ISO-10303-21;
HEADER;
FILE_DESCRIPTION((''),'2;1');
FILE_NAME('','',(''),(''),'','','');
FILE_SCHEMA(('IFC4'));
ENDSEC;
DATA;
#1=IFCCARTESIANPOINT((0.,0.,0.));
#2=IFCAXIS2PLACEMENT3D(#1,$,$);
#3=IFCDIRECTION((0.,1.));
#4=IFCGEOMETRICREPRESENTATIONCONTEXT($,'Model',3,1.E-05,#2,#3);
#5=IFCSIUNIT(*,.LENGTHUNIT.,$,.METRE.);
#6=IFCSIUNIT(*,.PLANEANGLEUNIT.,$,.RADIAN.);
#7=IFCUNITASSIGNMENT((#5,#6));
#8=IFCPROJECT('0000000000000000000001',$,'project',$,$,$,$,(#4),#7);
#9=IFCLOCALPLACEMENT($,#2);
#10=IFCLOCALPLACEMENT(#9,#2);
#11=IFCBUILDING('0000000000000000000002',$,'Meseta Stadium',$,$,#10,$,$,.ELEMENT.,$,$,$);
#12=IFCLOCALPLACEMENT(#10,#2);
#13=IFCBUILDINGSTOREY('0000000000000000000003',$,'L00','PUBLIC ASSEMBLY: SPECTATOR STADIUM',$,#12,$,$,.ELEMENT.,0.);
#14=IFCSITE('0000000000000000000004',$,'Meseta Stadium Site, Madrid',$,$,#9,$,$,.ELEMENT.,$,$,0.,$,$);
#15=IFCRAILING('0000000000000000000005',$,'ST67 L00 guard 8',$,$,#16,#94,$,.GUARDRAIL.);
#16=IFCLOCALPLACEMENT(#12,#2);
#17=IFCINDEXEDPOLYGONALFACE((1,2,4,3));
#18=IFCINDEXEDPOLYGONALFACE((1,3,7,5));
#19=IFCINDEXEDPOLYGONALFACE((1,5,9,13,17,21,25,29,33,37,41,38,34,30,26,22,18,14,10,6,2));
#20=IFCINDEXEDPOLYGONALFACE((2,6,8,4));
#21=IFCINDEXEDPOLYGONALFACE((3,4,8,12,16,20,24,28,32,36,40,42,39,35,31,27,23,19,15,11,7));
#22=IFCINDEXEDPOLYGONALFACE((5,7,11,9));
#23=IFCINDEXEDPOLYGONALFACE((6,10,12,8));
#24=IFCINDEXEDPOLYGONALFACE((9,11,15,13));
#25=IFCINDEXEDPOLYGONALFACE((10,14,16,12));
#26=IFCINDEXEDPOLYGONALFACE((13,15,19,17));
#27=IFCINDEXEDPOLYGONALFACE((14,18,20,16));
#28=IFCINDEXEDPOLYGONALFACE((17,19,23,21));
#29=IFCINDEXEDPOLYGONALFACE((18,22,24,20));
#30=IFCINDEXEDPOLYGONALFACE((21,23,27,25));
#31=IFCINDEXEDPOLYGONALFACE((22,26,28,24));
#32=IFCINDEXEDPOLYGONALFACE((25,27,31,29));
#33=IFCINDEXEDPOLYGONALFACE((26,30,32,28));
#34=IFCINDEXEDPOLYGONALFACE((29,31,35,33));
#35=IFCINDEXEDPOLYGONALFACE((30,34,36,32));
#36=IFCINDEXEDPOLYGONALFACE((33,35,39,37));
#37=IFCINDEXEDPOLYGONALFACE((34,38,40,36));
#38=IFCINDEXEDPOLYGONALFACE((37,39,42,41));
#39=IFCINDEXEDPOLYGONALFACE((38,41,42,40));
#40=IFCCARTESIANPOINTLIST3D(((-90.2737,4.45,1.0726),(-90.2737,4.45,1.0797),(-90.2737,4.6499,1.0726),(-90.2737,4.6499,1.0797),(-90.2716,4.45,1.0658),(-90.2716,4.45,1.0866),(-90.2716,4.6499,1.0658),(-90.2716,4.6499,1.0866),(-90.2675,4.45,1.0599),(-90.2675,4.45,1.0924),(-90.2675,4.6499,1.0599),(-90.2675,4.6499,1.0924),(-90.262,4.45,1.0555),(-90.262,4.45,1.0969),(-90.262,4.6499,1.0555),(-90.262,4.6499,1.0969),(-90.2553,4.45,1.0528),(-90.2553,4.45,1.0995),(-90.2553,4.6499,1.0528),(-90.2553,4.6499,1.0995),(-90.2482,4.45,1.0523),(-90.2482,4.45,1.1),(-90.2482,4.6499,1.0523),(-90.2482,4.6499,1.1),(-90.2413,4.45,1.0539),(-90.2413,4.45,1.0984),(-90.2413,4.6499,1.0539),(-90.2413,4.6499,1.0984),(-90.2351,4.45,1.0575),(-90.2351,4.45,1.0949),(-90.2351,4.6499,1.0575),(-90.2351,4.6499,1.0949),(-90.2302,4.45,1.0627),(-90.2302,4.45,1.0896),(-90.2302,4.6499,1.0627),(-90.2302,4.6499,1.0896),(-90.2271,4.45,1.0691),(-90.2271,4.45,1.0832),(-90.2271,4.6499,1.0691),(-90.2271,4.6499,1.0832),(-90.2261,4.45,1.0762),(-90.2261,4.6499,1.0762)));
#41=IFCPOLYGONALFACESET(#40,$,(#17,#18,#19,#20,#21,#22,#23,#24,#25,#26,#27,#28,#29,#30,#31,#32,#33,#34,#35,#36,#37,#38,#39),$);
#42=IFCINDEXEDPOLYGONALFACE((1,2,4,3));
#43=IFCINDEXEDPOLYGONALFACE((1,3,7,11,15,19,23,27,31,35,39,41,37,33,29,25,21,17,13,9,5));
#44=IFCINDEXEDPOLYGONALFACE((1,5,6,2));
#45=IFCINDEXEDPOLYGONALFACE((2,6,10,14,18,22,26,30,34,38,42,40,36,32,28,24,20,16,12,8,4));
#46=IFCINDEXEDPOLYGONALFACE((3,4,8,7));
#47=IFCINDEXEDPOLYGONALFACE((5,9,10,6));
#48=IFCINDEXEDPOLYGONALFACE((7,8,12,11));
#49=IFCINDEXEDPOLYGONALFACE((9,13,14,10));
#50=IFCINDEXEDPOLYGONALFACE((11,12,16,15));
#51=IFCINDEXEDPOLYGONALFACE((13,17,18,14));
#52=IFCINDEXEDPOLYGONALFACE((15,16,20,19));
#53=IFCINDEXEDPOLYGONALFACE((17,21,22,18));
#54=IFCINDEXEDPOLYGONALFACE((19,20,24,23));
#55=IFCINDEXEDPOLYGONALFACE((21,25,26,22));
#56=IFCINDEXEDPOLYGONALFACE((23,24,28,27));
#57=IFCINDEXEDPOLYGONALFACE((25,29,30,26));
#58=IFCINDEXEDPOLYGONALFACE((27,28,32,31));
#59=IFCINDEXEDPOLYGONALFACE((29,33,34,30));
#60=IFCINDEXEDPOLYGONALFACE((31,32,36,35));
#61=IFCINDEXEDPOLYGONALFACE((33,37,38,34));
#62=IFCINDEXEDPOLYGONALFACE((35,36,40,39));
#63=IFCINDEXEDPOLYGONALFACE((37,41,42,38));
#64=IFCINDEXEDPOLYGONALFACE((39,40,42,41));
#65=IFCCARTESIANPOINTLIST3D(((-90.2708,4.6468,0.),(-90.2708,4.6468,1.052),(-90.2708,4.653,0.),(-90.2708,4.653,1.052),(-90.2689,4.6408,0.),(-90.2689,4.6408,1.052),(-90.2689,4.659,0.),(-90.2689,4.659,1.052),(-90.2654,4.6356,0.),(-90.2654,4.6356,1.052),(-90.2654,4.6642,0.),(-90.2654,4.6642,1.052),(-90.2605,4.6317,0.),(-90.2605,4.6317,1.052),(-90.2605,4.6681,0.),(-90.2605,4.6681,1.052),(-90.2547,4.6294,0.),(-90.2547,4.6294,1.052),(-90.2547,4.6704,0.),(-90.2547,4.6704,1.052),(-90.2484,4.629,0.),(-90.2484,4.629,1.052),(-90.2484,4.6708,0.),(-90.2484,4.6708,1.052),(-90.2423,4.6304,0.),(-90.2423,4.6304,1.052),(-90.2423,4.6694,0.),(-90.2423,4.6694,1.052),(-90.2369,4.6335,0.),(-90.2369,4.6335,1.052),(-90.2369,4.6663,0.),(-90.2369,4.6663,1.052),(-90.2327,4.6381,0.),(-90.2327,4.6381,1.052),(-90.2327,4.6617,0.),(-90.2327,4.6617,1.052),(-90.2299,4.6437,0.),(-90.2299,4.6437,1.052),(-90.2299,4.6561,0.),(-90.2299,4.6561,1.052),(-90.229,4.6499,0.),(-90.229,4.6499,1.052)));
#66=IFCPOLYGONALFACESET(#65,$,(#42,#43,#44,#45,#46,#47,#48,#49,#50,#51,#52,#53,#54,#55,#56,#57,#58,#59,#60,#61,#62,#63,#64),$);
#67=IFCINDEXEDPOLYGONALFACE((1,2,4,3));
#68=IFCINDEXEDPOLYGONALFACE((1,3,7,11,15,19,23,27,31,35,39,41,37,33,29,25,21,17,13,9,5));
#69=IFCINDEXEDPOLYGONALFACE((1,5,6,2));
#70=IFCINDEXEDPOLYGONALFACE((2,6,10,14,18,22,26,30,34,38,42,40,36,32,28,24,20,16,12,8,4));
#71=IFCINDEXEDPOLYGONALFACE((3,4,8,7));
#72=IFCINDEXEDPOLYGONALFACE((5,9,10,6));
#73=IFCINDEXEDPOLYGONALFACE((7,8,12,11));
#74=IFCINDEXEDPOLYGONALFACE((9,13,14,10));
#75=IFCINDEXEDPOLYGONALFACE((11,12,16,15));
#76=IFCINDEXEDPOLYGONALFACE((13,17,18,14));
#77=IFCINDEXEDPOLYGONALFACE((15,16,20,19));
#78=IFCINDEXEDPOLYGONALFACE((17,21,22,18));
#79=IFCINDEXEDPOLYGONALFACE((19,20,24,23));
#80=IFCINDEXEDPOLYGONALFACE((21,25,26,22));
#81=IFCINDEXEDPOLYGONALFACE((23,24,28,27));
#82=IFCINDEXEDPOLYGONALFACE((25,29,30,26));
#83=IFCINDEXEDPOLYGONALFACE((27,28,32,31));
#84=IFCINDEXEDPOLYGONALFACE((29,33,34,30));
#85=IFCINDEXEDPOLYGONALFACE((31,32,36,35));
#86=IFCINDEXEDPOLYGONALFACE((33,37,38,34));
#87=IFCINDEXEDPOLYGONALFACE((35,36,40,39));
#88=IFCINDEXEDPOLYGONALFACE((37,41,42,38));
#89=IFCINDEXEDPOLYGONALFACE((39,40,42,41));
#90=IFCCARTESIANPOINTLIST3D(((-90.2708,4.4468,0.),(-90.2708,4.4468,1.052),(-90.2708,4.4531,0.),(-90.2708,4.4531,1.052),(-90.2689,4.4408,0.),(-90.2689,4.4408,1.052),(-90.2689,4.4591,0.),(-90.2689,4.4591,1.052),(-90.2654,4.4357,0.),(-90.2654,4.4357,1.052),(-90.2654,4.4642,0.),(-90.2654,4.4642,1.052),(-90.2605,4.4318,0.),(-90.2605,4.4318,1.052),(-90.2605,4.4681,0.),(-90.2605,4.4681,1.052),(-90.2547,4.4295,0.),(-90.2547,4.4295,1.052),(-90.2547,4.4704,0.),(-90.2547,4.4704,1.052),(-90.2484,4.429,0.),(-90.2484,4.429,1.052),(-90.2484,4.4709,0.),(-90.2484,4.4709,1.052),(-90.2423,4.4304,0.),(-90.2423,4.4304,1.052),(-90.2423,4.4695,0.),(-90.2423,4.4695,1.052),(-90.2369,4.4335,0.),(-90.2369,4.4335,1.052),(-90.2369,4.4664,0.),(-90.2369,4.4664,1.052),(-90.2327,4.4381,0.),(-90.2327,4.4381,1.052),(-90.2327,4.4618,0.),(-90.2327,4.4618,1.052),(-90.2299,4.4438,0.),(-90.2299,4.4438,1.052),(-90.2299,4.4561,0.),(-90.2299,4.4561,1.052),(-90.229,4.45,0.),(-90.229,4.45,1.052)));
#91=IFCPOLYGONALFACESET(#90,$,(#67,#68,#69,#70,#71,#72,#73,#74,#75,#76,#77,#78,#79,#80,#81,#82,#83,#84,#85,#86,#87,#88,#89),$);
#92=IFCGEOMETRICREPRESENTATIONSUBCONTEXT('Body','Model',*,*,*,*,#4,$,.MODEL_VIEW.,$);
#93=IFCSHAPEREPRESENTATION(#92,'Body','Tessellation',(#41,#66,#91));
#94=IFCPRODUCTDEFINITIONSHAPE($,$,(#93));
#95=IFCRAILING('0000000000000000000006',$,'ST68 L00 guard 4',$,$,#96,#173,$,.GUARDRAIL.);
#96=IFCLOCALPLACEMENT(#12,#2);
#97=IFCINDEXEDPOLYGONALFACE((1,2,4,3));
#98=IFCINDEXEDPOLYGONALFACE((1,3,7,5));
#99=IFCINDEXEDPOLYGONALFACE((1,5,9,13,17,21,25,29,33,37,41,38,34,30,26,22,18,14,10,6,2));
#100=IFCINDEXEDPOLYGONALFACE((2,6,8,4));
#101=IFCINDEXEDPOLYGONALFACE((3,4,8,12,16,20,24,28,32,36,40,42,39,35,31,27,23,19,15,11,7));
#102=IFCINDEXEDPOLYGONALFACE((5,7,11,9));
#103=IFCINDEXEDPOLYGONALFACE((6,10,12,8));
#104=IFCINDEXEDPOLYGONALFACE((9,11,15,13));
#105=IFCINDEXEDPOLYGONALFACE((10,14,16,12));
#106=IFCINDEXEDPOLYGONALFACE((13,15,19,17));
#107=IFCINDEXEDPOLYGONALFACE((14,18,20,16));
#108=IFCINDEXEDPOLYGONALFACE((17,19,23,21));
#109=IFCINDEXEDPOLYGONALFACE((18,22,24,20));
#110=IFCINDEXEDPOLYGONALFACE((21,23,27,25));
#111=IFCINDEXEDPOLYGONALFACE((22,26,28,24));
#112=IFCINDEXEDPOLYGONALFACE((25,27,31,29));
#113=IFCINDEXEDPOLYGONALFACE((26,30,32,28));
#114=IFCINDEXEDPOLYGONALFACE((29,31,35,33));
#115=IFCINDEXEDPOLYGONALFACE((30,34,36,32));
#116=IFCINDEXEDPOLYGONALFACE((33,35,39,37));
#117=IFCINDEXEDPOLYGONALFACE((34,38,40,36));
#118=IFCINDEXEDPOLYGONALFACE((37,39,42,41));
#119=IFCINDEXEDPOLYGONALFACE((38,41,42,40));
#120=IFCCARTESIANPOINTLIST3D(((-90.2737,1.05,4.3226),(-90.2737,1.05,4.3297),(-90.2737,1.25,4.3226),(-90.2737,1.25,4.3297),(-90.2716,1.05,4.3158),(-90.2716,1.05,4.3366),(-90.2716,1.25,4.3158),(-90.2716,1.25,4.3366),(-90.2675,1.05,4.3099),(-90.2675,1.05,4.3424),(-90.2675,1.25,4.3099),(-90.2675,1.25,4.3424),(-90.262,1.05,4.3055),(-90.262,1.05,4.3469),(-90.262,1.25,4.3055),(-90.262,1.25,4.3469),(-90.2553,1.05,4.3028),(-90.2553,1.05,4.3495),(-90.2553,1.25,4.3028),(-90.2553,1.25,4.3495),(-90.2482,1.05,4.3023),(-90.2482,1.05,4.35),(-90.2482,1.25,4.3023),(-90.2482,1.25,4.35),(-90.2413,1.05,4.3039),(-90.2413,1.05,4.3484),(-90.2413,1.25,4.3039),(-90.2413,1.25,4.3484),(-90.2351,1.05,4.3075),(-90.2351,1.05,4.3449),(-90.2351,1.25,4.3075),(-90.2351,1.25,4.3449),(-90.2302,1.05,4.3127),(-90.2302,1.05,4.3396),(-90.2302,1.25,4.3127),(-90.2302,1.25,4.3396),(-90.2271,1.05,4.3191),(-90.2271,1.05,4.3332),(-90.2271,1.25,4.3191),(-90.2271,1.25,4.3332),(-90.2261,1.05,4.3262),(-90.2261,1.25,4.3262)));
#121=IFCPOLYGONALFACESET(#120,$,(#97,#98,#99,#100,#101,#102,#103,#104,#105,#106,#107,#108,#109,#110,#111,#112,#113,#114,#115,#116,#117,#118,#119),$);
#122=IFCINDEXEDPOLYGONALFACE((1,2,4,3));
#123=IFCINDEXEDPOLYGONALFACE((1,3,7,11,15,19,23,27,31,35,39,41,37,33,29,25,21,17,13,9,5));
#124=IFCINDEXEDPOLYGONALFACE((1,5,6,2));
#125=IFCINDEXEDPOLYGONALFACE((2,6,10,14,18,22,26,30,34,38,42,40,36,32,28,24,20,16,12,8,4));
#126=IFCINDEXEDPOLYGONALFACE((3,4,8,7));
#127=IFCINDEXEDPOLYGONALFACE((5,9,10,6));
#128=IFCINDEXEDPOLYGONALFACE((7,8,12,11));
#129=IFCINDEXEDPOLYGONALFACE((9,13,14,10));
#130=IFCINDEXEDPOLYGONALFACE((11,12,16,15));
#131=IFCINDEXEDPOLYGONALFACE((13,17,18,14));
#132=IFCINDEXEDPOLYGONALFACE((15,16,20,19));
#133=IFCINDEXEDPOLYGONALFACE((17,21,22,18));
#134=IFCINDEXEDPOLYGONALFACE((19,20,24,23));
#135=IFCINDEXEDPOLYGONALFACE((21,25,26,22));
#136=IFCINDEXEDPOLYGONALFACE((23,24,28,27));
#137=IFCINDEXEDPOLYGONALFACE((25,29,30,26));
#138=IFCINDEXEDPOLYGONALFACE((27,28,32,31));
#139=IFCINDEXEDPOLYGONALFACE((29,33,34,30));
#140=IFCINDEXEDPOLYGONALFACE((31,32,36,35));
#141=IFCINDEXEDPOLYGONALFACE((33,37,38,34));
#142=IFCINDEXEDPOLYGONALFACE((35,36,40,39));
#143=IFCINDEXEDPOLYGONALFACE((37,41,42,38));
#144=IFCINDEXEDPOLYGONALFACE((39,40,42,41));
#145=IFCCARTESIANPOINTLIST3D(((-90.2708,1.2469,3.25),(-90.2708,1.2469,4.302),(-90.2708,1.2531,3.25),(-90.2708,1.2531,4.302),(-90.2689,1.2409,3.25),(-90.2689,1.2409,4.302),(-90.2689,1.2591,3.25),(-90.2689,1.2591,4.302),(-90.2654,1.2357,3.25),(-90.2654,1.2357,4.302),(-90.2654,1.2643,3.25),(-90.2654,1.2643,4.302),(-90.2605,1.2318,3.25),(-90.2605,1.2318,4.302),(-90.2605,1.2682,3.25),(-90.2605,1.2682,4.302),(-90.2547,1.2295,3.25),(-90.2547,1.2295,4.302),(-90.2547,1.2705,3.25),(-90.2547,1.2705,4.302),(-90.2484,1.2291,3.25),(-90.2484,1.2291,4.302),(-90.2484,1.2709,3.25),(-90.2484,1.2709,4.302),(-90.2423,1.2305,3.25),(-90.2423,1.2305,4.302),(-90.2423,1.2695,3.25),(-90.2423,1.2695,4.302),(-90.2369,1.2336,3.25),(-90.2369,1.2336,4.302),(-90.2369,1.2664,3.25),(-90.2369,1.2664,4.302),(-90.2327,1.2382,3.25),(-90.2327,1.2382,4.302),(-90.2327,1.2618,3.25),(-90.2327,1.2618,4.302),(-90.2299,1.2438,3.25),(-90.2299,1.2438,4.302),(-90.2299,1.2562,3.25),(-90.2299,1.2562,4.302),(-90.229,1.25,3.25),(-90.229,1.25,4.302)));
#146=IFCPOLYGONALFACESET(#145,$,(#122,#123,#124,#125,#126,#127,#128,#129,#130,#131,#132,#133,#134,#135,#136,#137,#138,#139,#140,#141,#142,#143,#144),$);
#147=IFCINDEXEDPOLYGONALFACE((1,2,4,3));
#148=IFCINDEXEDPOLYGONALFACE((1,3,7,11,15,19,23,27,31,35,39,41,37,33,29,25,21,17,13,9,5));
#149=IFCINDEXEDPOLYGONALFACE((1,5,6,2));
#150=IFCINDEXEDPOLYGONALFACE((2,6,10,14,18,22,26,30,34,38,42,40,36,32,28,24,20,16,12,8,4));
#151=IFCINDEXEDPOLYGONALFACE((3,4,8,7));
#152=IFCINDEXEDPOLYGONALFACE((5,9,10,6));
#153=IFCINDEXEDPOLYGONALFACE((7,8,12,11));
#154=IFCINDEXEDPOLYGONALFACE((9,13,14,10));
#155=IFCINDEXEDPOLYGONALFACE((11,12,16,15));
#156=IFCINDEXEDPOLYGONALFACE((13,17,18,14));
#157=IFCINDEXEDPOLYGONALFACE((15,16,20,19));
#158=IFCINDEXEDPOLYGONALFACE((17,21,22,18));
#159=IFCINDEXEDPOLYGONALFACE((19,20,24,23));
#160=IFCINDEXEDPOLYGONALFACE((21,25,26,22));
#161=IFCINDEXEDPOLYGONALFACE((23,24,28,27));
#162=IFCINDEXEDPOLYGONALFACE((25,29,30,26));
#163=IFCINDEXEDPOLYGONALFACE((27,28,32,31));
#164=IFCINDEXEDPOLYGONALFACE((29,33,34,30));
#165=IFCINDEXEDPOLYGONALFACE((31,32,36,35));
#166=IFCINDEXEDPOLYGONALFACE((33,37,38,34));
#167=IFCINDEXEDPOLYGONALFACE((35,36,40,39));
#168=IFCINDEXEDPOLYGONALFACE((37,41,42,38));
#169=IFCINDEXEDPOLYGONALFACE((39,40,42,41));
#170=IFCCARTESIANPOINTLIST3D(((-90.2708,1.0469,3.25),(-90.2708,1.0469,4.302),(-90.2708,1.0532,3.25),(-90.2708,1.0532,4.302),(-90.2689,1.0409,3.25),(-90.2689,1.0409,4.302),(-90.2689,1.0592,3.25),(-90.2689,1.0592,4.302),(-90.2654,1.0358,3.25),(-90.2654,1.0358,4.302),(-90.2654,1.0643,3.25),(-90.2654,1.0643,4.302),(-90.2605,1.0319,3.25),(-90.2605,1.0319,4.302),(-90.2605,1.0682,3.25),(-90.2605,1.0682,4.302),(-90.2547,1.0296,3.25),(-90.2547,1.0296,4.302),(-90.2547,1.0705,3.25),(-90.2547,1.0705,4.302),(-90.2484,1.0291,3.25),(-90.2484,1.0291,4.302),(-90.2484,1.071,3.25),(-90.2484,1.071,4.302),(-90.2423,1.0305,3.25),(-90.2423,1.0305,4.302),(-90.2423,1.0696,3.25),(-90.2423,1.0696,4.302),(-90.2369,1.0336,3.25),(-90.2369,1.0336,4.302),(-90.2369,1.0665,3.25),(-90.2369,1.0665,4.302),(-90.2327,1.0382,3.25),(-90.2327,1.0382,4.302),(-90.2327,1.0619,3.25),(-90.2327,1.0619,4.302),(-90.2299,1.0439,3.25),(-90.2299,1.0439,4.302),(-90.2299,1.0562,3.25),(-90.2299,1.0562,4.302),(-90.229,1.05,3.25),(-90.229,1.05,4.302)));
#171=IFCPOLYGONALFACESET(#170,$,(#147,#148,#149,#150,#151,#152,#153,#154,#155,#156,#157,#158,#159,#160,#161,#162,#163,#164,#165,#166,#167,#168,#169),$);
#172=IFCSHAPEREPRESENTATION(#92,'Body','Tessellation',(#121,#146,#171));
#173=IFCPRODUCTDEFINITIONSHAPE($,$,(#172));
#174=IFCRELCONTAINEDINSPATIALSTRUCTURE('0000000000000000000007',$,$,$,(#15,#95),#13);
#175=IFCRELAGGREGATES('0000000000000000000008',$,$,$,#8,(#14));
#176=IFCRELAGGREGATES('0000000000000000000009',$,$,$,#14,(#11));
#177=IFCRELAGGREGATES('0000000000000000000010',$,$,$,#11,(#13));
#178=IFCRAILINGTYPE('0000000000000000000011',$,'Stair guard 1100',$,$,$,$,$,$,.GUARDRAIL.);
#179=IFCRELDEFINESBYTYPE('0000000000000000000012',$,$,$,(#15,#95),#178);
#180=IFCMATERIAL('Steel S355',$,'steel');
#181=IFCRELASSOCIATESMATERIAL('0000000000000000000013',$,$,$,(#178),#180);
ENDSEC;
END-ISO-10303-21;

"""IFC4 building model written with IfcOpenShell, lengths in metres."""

from ifc_helpers import new_model, si_unit, direction, frame, origin, origin_2d, place, context, subcontext, project, spatial, circle, extrude, material, type_object, element, save


model = new_model("IFC4")

# Units and contexts
model_context = context("Model", 3, precision=1e-05, world=origin(), true_north=direction((0.0, 1.0)))
body_context = subcontext(model_context, "Body", "Model", "MODEL_VIEW")
ifc_project = project(units=[si_unit("LENGTHUNIT", "METRE"), si_unit("PLANEANGLEUNIT", "RADIAN")], contexts=[model_context])

# Site, building, storey
site_placement = place(None, origin())
site = spatial("IfcSite", under=ifc_project, at=site_placement, Name="Meseta Stadium Site, Madrid", CompositionType="ELEMENT", RefElevation=0.0)
building_placement = place(site_placement, origin())
building = spatial("IfcBuilding", under=site, at=building_placement, Name="Meseta Stadium", CompositionType="ELEMENT")
storey_placement = place(building_placement, origin())
storey = spatial("IfcBuildingStorey", under=building, at=storey_placement, Name="L00", Description="PUBLIC ASSEMBLY: SPECTATOR STADIUM", CompositionType="ELEMENT", Elevation=0.0)

# Railings
ifc_material_1 = material(Name="Steel S355", Category="steel")
railing_type_1 = type_object("IfcRailingType", Name="Stair guard 1100", PredefinedType="GUARDRAIL", material=ifc_material_1)
for number, where, name in (
    (1, (-90.25, 4.6499, 0.0), "ST67 L00 guard 8"),
    (2, (-90.25, 1.25, 3.25), "ST68 L00 guard 4"),
):
    element("IfcRailing", number, at=place(storey_placement, frame(where)), inside=storey, type_object=railing_type_1, Name=name, PredefinedType="GUARDRAIL", context=body_context, shape_type="SweptSolid", body=[
        extrude(circle(Radius=0.0239, at=origin_2d()), frame((0.0, 0.0, 1.0762), z_axis=(0.0, -1.0, 0.0), x_axis=(1.0, 0.0, 0.0)), (0.0, 0.0, 1.0), 0.2),
        extrude(circle(Radius=0.021, at=origin_2d()), origin(), (0.0, 0.0, 1.0), 1.052),
        extrude(circle(Radius=0.021, at=origin_2d()), frame((0.0, -0.2, 0.0)), (0.0, 0.0, 1.0), 1.052),
    ])

save(model, "model.ifc")
